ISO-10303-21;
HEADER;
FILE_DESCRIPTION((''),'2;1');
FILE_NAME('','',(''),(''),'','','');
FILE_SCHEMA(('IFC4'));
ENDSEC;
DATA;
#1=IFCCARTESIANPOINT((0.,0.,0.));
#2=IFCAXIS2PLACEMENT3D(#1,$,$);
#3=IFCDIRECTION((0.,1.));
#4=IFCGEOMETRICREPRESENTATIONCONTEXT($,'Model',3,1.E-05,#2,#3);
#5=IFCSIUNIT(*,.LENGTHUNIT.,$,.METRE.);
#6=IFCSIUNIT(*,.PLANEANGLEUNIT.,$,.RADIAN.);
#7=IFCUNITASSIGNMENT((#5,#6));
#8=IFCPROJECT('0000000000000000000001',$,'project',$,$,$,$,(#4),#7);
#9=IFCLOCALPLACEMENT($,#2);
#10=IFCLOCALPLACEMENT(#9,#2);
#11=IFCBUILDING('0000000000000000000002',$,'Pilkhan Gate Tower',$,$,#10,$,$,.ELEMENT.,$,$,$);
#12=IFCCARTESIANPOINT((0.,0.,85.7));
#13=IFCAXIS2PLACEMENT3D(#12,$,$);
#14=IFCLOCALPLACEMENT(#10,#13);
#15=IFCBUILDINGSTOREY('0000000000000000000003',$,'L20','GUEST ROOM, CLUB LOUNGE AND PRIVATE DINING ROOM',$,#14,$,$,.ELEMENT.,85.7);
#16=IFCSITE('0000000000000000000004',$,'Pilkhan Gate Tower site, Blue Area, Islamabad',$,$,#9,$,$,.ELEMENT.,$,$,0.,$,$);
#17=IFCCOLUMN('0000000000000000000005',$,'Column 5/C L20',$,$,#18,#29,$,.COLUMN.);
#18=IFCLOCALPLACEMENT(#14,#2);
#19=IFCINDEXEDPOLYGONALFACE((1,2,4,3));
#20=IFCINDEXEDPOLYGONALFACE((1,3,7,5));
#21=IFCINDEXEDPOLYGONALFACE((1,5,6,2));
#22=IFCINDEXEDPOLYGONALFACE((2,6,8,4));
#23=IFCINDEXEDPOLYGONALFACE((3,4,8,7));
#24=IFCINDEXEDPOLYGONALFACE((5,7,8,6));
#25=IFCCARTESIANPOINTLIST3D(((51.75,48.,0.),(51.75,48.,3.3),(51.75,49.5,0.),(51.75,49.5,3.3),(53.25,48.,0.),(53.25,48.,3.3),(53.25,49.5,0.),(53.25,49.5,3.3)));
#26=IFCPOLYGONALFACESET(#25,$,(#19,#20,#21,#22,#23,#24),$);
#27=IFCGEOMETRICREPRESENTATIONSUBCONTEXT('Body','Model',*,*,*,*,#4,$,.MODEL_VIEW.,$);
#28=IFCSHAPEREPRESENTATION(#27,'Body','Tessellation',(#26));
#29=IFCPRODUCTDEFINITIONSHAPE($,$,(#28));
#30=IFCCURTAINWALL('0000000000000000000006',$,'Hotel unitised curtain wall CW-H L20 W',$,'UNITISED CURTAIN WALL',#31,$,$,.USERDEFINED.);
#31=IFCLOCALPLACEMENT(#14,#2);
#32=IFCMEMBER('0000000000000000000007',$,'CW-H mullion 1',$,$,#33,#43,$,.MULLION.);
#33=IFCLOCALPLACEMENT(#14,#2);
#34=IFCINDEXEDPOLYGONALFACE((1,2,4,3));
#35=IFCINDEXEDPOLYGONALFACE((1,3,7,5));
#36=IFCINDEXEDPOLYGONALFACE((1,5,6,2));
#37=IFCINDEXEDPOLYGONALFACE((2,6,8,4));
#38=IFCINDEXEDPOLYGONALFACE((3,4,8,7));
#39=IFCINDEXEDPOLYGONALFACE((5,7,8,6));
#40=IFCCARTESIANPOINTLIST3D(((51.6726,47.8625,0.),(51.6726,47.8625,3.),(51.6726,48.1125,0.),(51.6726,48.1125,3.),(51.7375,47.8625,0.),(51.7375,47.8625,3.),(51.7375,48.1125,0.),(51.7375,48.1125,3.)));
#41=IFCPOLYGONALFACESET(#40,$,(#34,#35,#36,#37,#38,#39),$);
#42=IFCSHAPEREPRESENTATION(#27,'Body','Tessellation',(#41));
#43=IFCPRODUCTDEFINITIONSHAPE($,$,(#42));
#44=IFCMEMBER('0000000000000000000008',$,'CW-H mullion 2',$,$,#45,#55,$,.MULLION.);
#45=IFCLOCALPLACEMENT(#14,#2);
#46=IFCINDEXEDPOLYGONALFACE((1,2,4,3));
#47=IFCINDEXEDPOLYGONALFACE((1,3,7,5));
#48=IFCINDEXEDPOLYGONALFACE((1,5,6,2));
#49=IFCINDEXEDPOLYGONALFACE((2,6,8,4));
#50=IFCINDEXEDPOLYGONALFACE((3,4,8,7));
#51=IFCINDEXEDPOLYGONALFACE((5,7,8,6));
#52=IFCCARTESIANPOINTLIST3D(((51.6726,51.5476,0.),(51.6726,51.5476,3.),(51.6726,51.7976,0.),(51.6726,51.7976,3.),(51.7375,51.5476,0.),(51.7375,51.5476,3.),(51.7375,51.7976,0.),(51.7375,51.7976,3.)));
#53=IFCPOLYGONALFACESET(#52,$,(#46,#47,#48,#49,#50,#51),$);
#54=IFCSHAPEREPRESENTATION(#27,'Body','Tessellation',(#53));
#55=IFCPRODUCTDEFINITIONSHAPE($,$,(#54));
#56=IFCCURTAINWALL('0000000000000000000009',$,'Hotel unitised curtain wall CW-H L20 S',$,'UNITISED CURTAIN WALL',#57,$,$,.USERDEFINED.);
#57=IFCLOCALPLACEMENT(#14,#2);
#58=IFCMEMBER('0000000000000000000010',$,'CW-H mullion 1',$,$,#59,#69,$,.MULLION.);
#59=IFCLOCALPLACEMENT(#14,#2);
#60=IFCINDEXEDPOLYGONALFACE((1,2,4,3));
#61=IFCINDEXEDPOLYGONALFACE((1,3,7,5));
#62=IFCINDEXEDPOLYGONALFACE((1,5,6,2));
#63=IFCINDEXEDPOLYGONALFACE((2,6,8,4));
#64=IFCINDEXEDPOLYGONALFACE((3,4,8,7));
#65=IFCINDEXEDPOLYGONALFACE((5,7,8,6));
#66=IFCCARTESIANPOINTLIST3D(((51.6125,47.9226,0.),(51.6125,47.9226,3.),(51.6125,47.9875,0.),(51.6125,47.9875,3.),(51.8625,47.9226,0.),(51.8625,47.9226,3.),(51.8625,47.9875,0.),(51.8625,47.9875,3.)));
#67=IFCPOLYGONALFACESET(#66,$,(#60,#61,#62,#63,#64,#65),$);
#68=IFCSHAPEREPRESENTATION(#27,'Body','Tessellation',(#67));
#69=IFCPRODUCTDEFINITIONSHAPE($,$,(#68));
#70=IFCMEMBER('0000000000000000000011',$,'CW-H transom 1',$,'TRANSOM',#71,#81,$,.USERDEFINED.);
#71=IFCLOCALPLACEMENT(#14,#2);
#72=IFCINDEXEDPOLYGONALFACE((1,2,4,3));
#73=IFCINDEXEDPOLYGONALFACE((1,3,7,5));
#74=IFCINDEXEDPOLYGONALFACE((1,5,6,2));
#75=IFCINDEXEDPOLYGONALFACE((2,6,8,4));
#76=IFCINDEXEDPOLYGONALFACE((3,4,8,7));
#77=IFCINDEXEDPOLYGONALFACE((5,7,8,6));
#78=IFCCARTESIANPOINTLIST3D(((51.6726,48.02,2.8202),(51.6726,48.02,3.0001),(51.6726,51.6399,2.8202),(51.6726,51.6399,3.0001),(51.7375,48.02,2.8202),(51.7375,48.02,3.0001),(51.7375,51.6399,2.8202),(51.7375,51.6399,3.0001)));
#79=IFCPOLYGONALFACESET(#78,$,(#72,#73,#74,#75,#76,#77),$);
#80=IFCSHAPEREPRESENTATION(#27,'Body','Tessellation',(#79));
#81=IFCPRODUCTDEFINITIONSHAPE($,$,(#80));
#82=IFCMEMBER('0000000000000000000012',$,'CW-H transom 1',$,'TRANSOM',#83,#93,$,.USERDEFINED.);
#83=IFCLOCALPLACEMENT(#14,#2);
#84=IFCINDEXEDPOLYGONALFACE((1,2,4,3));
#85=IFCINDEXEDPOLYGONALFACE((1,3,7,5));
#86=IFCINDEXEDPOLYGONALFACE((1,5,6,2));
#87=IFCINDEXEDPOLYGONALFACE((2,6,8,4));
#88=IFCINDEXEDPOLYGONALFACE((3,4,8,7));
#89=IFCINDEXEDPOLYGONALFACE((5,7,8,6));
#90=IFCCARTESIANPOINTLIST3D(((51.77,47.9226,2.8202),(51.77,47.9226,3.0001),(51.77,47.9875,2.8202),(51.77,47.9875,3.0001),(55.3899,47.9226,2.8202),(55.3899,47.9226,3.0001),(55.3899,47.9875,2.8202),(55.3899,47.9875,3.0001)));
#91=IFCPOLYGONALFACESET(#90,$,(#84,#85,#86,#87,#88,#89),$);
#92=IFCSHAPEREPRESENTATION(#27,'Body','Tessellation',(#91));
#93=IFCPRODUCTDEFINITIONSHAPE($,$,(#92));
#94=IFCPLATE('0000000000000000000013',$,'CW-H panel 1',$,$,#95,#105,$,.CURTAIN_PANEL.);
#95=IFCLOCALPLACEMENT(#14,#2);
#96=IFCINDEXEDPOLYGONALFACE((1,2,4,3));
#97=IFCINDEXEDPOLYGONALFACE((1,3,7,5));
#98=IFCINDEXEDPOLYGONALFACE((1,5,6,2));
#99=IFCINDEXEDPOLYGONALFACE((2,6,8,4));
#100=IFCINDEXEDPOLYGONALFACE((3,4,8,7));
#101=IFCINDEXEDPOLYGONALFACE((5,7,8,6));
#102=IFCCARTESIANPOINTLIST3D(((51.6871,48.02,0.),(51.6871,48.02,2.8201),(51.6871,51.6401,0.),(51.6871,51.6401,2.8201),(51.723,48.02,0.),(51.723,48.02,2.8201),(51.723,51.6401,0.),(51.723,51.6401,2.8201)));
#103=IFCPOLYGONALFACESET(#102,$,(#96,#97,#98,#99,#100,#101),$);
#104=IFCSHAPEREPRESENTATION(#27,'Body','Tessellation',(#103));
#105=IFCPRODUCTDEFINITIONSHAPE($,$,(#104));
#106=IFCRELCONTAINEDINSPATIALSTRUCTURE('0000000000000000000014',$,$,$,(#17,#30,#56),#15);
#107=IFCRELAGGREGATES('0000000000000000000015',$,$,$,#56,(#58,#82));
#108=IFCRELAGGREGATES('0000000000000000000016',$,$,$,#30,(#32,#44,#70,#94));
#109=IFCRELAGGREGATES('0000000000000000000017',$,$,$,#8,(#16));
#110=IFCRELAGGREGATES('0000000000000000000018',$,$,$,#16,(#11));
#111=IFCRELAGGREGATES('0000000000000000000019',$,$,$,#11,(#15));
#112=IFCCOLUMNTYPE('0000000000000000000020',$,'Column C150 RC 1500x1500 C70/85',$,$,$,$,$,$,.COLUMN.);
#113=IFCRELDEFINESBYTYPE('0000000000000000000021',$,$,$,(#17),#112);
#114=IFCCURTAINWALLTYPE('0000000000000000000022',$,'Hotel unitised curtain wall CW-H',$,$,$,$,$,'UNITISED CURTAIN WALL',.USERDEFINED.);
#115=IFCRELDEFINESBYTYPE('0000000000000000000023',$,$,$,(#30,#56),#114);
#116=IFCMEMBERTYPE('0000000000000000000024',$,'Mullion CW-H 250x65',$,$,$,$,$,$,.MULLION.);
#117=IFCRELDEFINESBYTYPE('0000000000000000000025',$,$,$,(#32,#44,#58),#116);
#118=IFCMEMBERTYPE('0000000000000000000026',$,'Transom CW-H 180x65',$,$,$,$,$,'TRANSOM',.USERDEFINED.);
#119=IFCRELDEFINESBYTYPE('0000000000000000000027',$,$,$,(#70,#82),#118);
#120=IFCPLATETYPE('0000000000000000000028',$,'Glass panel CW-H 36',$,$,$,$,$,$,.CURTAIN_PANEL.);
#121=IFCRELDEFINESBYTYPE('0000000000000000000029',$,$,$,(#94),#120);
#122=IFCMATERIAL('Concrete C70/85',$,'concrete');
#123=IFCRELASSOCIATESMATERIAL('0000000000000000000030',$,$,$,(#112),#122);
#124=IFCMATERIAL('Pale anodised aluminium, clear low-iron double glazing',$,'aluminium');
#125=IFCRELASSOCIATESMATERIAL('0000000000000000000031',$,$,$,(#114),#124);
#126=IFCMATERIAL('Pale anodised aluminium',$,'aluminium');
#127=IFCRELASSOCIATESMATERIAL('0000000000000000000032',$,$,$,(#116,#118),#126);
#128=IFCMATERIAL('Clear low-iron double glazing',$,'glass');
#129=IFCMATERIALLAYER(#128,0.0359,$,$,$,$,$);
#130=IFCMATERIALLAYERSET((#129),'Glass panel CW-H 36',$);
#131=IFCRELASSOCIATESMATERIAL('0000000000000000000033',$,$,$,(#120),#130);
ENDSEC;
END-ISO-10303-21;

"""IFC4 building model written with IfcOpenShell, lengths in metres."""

from ifc_helpers import new_model, si_unit, direction, frame, origin, origin_2d, place, context, subcontext, project, spatial, rectangle, extrude, material, layer, layer_set, material_profile, profile_set, type_object, element, aggregate, save


model = new_model("IFC4")

# Units and contexts
model_context = context("Model", 3, precision=1e-05, world=origin(), true_north=direction((0.0, 1.0)))
body_context = subcontext(model_context, "Body", "Model", "MODEL_VIEW")
ifc_project = project(units=[si_unit("LENGTHUNIT", "METRE"), si_unit("PLANEANGLEUNIT", "RADIAN")], contexts=[model_context])

# Site, building, storey
site_placement = place(None, origin())
site = spatial("IfcSite", under=ifc_project, at=site_placement, Name="Pilkhan Gate Tower site, Blue Area, Islamabad", CompositionType="ELEMENT", RefElevation=0.0)
building_placement = place(site_placement, origin())
building = spatial("IfcBuilding", under=site, at=building_placement, Name="Pilkhan Gate Tower", CompositionType="ELEMENT")
storey_placement = place(building_placement, frame((0.0, 0.0, 85.7)))
storey = spatial("IfcBuildingStorey", under=building, at=storey_placement, Name="L20", Description="GUEST ROOM, CLUB LOUNGE AND PRIVATE DINING ROOM", CompositionType="ELEMENT", Elevation=85.7)

# Column
ifc_material_1 = material(Name="Concrete C70/85", Category="concrete")
ifc_material_profile_1 = material_profile(ifc_material_1, rectangle(XDim=1.5, YDim=1.5, at=origin_2d()), Name="RC 1500x1500")
ifc_profile_set_1 = profile_set([ifc_material_profile_1], Name="Concrete C70/85")
column_type = type_object("IfcColumnType", Name="Column C150 RC 1500x1500 C70/85", PredefinedType="COLUMN", material=ifc_profile_set_1)
column_placement = place(storey_placement, frame((52.5, 48.75, 0.0), z_axis=(0.0, 0.0, 1.0), x_axis=(1.0, 0.0, 0.0)))
element("IfcColumn", 1, at=column_placement, inside=storey, type_object=column_type, Name="Column 5/C L20", PredefinedType="COLUMN", context=body_context, shape_type="SweptSolid", body=[
    extrude(rectangle(XDim=1.5, YDim=1.5, at=origin_2d()), origin(), (0.0, 0.0, 1.0), 3.3),
])

# Curtain wall, members
ifc_material_2 = material(Name="Pale anodised aluminium, clear low-iron double glazing", Category="aluminium")
curtain_wall_type = type_object("IfcCurtainWallType", Name="Hotel unitised curtain wall CW-H", ElementType="UNITISED CURTAIN WALL", PredefinedType="USERDEFINED", material=ifc_material_2)
curtain_wall_1_placement = place(storey_placement, origin())
curtain_wall_1 = element("IfcCurtainWall", 2, at=curtain_wall_1_placement, inside=storey, type_object=curtain_wall_type, Name="Hotel unitised curtain wall CW-H L20 W", ObjectType="UNITISED CURTAIN WALL", PredefinedType="USERDEFINED")
ifc_material_3 = material(Name="Pale anodised aluminium", Category="aluminium")
ifc_material_profile_2 = material_profile(ifc_material_3, rectangle(XDim=0.0649, YDim=0.25, at=origin_2d()), Name="Mullion 250x65")
ifc_profile_set_2 = profile_set([ifc_material_profile_2], Name="Pale anodised aluminium")
member_type_1 = type_object("IfcMemberType", Name="Mullion CW-H 250x65", PredefinedType="MULLION", material=ifc_profile_set_2)
member_1_placement = place(storey_placement, frame((51.7051, 47.9875, 0.0), z_axis=(0.0, 0.0, 1.0), x_axis=(-1.0, 0.0, 0.0)))
member_1 = element("IfcMember", 3, at=member_1_placement, type_object=member_type_1, Name="CW-H mullion 1", PredefinedType="MULLION", context=body_context, shape_type="SweptSolid", body=[
    extrude(rectangle(XDim=0.0649, YDim=0.25, at=origin_2d()), origin(), (0.0, 0.0, 1.0), 3.0),
])
member_2_placement = place(storey_placement, frame((51.7051, 51.6726, 0.0), z_axis=(0.0, 0.0, 1.0), x_axis=(-1.0, 0.0, 0.0)))
member_2 = element("IfcMember", 4, at=member_2_placement, type_object=member_type_1, Name="CW-H mullion 2", PredefinedType="MULLION", context=body_context, shape_type="SweptSolid", body=[
    extrude(rectangle(XDim=0.0649, YDim=0.25, at=origin_2d()), origin(), (0.0, 0.0, 1.0), 3.0),
])

# Curtain wall, member
curtain_wall_2_placement = place(storey_placement, origin())
curtain_wall_2 = element("IfcCurtainWall", 5, at=curtain_wall_2_placement, inside=storey, type_object=curtain_wall_type, Name="Hotel unitised curtain wall CW-H L20 S", ObjectType="UNITISED CURTAIN WALL", PredefinedType="USERDEFINED")
member_3_placement = place(storey_placement, frame((51.7375, 47.9551, 0.0), z_axis=(0.0, 0.0, 1.0), x_axis=(0.0, 1.0, 0.0)))
member_3 = element("IfcMember", 6, at=member_3_placement, type_object=member_type_1, Name="CW-H mullion 1", PredefinedType="MULLION", context=body_context, shape_type="SweptSolid", body=[
    extrude(rectangle(XDim=0.0649, YDim=0.25, at=origin_2d()), origin(), (0.0, 0.0, 1.0), 3.0),
])

# Members
ifc_material_profile_3 = material_profile(ifc_material_3, rectangle(XDim=0.0649, YDim=0.1799, at=origin_2d()), Name="Transom 180x65")
ifc_profile_set_3 = profile_set([ifc_material_profile_3], Name="Pale anodised aluminium")
member_type_2 = type_object("IfcMemberType", Name="Transom CW-H 180x65", ElementType="TRANSOM", PredefinedType="USERDEFINED", material=ifc_profile_set_3)
member_4_placement = place(storey_placement, frame((51.7051, 48.02, 2.9102), z_axis=(0.0, 1.0, 0.0), x_axis=(-1.0, 0.0, 0.0)))
member_4 = element("IfcMember", 7, at=member_4_placement, type_object=member_type_2, Name="CW-H transom 1", ObjectType="TRANSOM", PredefinedType="USERDEFINED", context=body_context, shape_type="SweptSolid", body=[
    extrude(rectangle(XDim=0.0649, YDim=0.1799, at=origin_2d()), origin(), (0.0, 0.0, 1.0), 3.6199),
])
member_5_placement = place(storey_placement, frame((51.77, 47.9551, 2.9102), z_axis=(1.0, 0.0, 0.0), x_axis=(0.0, 1.0, 0.0)))
member_5 = element("IfcMember", 8, at=member_5_placement, type_object=member_type_2, Name="CW-H transom 1", ObjectType="TRANSOM", PredefinedType="USERDEFINED", context=body_context, shape_type="SweptSolid", body=[
    extrude(rectangle(XDim=0.0649, YDim=0.1799, at=origin_2d()), origin(), (0.0, 0.0, 1.0), 3.6199),
])
aggregate(curtain_wall_2, [member_3, member_5])

# Plate
ifc_material_4 = material(Name="Clear low-iron double glazing", Category="glass")
ifc_layer_1 = layer(ifc_material_4, 0.0359)
ifc_layer_set_1 = layer_set([ifc_layer_1], Name="Glass panel CW-H 36")
plate_type = type_object("IfcPlateType", Name="Glass panel CW-H 36", PredefinedType="CURTAIN_PANEL", material=ifc_layer_set_1)
plate_placement = place(storey_placement, frame((51.7051, 49.8301, 0.0), z_axis=(0.0, 0.0, 1.0), x_axis=(0.0, 1.0, 0.0)))
plate = element("IfcPlate", 9, at=plate_placement, type_object=plate_type, Name="CW-H panel 1", PredefinedType="CURTAIN_PANEL", context=body_context, shape_type="SweptSolid", body=[
    extrude(rectangle(XDim=3.6201, YDim=0.0359, at=origin_2d()), origin(), (0.0, 0.0, 1.0), 2.8201),
])
aggregate(curtain_wall_1, [member_1, member_2, member_4, plate])

save(model, "model.ifc")
